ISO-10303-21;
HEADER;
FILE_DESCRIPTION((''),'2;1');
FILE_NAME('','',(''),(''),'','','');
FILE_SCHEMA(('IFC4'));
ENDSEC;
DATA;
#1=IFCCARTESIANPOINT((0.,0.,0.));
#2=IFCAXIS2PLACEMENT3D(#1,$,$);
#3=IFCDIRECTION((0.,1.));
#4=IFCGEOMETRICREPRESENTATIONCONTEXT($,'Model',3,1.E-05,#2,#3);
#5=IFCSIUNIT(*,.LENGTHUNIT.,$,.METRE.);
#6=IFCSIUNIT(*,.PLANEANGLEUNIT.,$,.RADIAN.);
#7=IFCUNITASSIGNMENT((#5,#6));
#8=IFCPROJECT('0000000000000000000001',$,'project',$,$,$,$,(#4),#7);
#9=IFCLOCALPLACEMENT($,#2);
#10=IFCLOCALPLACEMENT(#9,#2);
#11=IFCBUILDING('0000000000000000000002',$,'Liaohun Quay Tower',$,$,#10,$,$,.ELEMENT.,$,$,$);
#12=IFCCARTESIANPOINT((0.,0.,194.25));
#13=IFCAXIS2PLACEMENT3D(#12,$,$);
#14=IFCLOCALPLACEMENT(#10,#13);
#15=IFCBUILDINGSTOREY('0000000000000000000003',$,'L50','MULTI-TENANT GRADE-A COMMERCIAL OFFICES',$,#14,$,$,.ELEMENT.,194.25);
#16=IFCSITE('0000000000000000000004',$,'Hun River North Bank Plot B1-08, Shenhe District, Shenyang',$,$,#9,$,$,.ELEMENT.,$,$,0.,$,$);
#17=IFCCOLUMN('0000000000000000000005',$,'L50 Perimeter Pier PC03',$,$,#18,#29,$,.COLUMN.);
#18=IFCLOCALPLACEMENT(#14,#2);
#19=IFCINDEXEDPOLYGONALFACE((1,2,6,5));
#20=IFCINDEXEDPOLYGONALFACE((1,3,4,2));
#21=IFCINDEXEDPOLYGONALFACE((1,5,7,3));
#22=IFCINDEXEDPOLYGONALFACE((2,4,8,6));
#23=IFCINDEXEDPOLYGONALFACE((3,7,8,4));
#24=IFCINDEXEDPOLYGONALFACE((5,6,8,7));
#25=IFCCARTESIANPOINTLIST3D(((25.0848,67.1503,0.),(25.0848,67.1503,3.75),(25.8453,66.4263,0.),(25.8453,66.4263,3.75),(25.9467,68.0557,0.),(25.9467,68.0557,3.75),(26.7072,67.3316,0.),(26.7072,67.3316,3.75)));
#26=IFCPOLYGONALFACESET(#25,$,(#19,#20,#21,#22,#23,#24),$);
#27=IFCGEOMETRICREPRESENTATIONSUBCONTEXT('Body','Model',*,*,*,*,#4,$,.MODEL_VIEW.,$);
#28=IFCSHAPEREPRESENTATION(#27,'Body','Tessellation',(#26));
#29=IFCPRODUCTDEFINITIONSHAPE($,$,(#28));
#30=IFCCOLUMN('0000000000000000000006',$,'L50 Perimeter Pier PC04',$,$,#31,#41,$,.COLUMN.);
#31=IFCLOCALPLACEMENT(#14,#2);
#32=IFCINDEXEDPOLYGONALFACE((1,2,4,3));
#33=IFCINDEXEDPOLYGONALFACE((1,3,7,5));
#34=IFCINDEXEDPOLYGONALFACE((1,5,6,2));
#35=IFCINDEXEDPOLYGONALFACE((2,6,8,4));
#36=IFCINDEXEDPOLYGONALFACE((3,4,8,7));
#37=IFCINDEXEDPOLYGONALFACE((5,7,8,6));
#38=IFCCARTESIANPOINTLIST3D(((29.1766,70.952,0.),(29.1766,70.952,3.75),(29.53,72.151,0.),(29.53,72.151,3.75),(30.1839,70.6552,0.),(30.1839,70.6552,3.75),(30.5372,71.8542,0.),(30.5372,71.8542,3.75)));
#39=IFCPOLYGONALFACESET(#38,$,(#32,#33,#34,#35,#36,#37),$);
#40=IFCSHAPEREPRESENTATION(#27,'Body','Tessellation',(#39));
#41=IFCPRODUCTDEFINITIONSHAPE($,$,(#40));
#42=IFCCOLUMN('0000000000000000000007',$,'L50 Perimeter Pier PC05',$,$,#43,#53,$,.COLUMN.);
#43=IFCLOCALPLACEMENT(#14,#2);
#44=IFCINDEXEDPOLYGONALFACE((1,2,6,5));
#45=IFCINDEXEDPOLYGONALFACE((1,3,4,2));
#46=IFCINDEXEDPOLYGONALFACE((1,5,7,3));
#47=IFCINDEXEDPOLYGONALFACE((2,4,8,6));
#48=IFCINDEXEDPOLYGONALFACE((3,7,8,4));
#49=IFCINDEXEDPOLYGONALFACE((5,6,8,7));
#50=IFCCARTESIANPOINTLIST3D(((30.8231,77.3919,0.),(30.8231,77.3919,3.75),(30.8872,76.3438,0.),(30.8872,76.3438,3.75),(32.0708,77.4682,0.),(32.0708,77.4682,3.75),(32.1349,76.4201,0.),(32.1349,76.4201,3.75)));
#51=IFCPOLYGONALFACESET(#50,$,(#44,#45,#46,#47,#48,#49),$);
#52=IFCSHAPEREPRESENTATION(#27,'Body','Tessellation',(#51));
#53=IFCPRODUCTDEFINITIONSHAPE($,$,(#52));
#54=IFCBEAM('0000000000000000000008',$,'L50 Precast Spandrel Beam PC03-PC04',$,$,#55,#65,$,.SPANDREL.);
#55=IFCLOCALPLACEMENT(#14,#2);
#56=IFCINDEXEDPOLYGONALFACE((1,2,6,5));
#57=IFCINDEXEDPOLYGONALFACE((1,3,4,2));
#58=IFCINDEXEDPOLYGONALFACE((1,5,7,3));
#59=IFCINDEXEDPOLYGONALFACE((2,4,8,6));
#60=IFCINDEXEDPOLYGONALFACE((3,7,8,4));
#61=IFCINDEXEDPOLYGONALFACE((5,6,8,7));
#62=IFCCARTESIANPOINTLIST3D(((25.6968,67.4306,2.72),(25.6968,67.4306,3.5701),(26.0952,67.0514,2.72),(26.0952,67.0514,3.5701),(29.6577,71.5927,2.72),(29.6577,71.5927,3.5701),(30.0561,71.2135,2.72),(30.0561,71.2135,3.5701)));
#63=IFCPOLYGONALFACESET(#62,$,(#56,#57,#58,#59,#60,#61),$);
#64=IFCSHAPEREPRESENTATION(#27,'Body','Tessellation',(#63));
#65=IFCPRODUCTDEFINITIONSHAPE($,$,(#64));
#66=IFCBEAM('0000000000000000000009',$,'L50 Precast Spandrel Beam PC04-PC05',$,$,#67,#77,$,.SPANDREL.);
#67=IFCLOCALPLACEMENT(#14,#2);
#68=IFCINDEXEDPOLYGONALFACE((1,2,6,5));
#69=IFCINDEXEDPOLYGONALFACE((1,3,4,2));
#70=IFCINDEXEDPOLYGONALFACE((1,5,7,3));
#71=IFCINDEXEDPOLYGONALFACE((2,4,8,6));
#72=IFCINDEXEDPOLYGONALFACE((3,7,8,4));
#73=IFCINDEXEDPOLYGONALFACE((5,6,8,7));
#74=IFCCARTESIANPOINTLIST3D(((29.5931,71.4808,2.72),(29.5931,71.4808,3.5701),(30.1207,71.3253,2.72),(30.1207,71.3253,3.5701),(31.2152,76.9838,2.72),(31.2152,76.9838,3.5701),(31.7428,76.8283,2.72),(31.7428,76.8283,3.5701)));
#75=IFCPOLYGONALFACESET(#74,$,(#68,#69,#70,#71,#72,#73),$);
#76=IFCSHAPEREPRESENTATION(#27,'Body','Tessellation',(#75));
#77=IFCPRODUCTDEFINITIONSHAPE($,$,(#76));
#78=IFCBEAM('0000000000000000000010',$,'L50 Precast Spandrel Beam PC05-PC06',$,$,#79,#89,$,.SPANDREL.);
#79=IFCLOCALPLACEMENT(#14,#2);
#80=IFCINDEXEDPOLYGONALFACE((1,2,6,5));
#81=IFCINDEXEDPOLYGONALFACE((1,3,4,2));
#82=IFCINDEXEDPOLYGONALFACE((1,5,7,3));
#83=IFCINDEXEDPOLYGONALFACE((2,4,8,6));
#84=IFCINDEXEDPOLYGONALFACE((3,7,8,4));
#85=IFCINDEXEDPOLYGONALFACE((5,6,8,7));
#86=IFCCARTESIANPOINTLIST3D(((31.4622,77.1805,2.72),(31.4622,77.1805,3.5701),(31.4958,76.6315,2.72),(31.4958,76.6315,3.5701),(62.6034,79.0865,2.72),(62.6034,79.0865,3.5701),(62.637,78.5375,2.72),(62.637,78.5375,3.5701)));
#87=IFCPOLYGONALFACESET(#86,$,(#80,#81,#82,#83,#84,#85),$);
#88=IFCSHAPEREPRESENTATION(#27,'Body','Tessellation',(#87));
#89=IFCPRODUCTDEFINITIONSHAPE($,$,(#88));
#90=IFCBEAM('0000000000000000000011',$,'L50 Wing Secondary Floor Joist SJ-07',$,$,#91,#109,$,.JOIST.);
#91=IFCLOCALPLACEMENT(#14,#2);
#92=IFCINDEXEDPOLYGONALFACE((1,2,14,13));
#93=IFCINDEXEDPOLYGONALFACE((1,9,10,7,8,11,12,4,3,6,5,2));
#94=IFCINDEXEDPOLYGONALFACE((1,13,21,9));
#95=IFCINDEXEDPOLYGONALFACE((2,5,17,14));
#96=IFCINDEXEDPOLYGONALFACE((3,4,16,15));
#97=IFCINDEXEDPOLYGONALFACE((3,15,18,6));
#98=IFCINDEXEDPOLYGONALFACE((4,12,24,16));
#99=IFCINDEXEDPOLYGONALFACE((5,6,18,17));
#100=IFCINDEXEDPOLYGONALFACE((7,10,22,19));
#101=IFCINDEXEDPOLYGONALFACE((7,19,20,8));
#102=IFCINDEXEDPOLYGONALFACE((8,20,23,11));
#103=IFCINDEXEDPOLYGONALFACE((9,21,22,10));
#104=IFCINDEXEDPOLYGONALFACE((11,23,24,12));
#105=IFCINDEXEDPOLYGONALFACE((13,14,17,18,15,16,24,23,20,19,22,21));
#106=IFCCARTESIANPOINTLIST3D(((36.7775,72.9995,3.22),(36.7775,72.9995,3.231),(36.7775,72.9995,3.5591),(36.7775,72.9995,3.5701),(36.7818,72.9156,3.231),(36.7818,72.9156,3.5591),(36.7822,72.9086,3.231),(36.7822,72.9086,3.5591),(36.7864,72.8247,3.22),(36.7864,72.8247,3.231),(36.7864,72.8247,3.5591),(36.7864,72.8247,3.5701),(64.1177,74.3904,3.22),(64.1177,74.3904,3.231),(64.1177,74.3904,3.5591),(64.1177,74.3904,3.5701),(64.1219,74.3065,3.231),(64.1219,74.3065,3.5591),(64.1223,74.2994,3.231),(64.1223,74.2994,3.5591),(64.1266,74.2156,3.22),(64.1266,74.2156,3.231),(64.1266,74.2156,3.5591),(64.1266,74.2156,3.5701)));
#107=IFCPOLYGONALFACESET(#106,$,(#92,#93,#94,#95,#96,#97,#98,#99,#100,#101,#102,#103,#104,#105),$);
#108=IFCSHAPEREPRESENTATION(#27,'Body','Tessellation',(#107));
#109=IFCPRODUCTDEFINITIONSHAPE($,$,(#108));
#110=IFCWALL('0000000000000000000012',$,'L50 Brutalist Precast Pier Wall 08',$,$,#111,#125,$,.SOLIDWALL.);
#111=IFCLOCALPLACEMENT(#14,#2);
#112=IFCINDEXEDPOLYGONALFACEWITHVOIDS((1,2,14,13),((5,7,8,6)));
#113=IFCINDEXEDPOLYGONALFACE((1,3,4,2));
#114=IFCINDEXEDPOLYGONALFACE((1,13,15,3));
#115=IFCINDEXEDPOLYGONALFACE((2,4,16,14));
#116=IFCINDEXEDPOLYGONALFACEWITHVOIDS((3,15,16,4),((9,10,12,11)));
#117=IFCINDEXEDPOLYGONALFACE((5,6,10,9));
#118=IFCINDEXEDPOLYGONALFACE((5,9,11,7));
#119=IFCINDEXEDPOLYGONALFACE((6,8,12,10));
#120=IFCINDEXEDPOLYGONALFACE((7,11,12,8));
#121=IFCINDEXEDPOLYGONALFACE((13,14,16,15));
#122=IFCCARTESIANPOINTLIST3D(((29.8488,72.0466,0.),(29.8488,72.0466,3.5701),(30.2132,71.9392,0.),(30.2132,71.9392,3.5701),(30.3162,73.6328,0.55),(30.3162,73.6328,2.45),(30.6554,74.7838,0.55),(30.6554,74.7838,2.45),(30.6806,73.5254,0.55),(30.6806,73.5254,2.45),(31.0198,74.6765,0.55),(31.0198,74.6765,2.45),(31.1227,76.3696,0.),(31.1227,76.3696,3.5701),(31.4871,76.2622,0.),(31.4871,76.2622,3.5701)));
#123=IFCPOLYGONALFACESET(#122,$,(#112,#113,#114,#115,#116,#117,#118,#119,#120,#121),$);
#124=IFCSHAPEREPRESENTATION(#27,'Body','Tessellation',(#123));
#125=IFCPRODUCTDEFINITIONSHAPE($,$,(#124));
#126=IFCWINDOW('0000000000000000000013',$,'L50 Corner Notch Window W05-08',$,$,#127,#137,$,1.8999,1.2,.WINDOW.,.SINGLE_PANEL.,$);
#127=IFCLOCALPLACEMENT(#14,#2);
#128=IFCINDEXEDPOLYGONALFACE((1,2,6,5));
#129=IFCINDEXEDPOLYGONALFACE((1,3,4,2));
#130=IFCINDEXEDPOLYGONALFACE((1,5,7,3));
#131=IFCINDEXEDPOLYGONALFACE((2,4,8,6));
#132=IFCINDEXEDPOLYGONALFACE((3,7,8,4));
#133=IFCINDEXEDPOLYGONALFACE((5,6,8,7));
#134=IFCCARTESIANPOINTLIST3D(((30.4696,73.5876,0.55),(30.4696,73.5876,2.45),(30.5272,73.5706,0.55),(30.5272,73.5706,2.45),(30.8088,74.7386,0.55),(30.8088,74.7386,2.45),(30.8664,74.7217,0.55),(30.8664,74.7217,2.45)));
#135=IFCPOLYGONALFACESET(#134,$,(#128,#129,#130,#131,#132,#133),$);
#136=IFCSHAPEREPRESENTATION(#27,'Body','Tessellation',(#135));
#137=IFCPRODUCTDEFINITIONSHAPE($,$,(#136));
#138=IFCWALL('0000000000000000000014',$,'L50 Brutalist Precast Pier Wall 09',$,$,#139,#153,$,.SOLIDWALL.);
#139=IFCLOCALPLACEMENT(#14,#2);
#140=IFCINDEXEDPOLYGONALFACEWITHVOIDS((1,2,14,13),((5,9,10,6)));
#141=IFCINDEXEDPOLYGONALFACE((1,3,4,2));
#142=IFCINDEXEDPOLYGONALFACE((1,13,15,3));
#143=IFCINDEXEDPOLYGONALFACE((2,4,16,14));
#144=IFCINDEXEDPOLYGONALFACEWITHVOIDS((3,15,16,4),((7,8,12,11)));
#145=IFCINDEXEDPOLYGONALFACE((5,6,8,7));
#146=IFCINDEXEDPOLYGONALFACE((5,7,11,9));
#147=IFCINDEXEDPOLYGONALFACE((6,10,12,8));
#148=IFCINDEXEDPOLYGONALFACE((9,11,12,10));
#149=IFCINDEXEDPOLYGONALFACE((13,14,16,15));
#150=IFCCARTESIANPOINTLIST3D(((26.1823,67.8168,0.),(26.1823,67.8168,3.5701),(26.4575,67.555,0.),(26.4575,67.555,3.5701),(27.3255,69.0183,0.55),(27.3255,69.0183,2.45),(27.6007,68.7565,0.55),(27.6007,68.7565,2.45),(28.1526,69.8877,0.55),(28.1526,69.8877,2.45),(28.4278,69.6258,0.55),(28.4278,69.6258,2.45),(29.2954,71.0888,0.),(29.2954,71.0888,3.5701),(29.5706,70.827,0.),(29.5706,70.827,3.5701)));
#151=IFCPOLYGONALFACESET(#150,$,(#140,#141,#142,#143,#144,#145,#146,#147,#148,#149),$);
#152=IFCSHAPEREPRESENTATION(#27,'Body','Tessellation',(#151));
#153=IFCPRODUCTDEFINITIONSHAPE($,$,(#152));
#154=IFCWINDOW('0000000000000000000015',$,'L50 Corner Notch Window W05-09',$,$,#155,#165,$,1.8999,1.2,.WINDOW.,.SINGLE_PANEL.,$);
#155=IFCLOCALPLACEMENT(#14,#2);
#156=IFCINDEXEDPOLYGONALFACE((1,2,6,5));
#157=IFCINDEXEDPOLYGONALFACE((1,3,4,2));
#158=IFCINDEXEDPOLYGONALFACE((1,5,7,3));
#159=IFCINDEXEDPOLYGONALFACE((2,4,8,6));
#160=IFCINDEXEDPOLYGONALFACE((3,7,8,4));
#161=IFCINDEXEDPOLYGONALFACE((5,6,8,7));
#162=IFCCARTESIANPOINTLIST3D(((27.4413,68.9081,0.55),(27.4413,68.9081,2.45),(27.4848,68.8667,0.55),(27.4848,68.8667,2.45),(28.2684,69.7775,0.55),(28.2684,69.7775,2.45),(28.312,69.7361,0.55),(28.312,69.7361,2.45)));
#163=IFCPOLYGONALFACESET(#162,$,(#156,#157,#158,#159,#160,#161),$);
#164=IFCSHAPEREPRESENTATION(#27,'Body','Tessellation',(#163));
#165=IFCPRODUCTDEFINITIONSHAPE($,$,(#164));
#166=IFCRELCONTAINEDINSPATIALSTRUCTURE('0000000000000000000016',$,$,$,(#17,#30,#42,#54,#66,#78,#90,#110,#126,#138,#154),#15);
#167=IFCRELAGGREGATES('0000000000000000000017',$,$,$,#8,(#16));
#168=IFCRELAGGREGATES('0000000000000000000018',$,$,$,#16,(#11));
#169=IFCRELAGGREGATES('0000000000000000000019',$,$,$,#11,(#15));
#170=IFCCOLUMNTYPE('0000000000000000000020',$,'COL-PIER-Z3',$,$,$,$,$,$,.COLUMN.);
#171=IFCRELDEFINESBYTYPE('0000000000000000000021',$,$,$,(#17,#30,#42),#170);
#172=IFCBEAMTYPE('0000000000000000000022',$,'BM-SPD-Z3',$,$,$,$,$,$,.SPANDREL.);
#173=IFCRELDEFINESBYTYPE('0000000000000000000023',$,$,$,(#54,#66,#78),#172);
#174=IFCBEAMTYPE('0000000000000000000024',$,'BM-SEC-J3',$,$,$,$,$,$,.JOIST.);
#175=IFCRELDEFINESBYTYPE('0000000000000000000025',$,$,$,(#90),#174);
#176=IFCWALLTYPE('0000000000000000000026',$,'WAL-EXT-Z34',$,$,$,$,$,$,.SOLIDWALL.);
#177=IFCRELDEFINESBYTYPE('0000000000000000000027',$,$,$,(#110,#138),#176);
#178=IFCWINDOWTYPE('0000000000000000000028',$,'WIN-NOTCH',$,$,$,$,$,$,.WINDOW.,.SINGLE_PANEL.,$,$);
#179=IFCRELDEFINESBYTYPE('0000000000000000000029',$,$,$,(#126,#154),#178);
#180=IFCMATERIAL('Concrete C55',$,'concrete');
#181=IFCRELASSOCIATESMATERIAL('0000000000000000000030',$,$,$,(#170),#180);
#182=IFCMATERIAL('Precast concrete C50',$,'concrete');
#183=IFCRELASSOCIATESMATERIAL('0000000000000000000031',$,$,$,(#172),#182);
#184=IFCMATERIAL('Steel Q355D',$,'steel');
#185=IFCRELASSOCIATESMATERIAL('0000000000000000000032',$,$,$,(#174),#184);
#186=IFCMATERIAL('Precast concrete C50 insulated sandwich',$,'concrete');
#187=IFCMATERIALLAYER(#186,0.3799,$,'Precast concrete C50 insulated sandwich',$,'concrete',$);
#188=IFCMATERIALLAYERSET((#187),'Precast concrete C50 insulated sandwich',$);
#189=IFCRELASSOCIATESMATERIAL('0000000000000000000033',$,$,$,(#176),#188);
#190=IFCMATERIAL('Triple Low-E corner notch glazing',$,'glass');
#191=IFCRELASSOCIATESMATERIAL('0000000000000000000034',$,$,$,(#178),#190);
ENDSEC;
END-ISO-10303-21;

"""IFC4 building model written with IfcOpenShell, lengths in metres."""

from ifc_helpers import new_model, si_unit, direction, frame, frame_2d, origin, origin_2d, place, context, subcontext, project, spatial, rectangle, i_section, extrude, source, transform, mapped, material, layer, layer_set, material_profile, profile_set, type_object, element, fill, save


model = new_model("IFC4")

# Units and contexts
model_context = context("Model", 3, precision=1e-05, world=origin(), true_north=direction((0.0, 1.0)))
body_context = subcontext(model_context, "Body", "Model", "MODEL_VIEW")
ifc_project = project(units=[si_unit("LENGTHUNIT", "METRE"), si_unit("PLANEANGLEUNIT", "RADIAN")], contexts=[model_context])

# Site, building, storey
site_placement = place(None, origin())
site = spatial("IfcSite", under=ifc_project, at=site_placement, Name="Hun River North Bank Plot B1-08, Shenhe District, Shenyang", CompositionType="ELEMENT", RefElevation=0.0)
building_placement = place(site_placement, origin())
building = spatial("IfcBuilding", under=site, at=building_placement, Name="Liaohun Quay Tower", CompositionType="ELEMENT")
storey_placement = place(building_placement, frame((0.0, 0.0, 194.25)))
storey = spatial("IfcBuildingStorey", under=building, at=storey_placement, Name="L50", Description="MULTI-TENANT GRADE-A COMMERCIAL OFFICES", CompositionType="ELEMENT", Elevation=194.25)

# Columns
ifc_material_1 = material(Name="Concrete C55", Category="concrete")
ifc_material_profile_1 = material_profile(ifc_material_1, rectangle(XDim=1.25, YDim=1.05, at=origin_2d()), Name="RC1250x1050")
ifc_profile_set_1 = profile_set([ifc_material_profile_1], Name="Concrete C55")
column_type = type_object("IfcColumnType", Name="COL-PIER-Z3", PredefinedType="COLUMN", material=ifc_profile_set_1)
shared_shape_1 = source(origin(), body_context, "Body", "SweptSolid", [
    extrude(rectangle(XDim=1.25, YDim=1.05, at=origin_2d()), origin(), (0.0, 0.0, 1.0), 3.75),
])
for number, where, z_axis, x_axis, name in (
    (1, (25.896, 67.241, 0.0), (0.0, 0.0, 1.0), (0.689493, 0.724292, 0.0), "L50 Perimeter Pier PC03"),
    (2, (29.8569, 71.4031, 0.0), (0.0, 0.0, 1.0), (0.282676, 0.959215, 0.0), "L50 Perimeter Pier PC04"),
    (3, (31.479, 76.906, 0.0), (0.0, 0.0, 1.0), (0.998135, 0.061049, 0.0), "L50 Perimeter Pier PC05"),
):
    element("IfcColumn", number, at=place(storey_placement, frame(where, z_axis=z_axis, x_axis=x_axis)), inside=storey, type_object=column_type, Name=name, PredefinedType="COLUMN", context=body_context, shape_type="MappedRepresentation", body=[
        mapped(shared_shape_1, transform((0.0, 0.0, 0.0), x_axis=(1.0, 0.0, 0.0), y_axis=(0.0, 1.0, 0.0), z_axis=(0.0, 0.0, 1.0), scale=1.0)),
    ])

# Beams
ifc_material_2 = material(Name="Precast concrete C50", Category="concrete")
ifc_material_profile_2 = material_profile(ifc_material_2, rectangle(XDim=0.55, YDim=0.8501, at=origin_2d()), Name="RC550x850")
ifc_profile_set_2 = profile_set([ifc_material_profile_2], Name="Precast concrete C50")
beam_type_1 = type_object("IfcBeamType", Name="BM-SPD-Z3", PredefinedType="SPANDREL", material=ifc_profile_set_2)
shared_shape_2 = source(origin(), body_context, "Body", "SweptSolid", [
    extrude(rectangle(XDim=0.55, YDim=0.8501, at=origin_2d()), origin(), (0.0, 0.0, 1.0), 5.7456),
])
beam_1_placement = place(storey_placement, frame((25.896, 67.241, 3.145), z_axis=(0.689384, 0.724397, 0.0), x_axis=(-0.724397, 0.689384, 0.0)))
element("IfcBeam", 4, at=beam_1_placement, inside=storey, type_object=beam_type_1, Name="L50 Precast Spandrel Beam PC03-PC04", PredefinedType="SPANDREL", context=body_context, shape_type="MappedRepresentation", body=[
    mapped(shared_shape_2, transform((0.0, 0.0, 0.0), x_axis=(1.0, 0.0, 0.0), y_axis=(0.0, 1.0, 0.0), z_axis=(0.0, 0.0, 1.0), scale=1.0)),
])
shared_shape_3 = source(origin(), body_context, "Body", "SweptSolid", [
    extrude(rectangle(XDim=0.55, YDim=0.8501, at=origin_2d()), origin(), (0.0, 0.0, 1.0), 5.7371),
])
beam_2_placement = place(storey_placement, frame((29.8569, 71.4031, 3.145), z_axis=(0.282738, 0.959197, 0.0), x_axis=(-0.959197, 0.282738, 0.0)))
element("IfcBeam", 5, at=beam_2_placement, inside=storey, type_object=beam_type_1, Name="L50 Precast Spandrel Beam PC04-PC05", PredefinedType="SPANDREL", context=body_context, shape_type="MappedRepresentation", body=[
    mapped(shared_shape_3, transform((0.0, 0.0, 0.0), x_axis=(1.0, 0.0, 0.0), y_axis=(0.0, 1.0, 0.0), z_axis=(0.0, 0.0, 1.0), scale=1.0)),
])
shared_shape_4 = source(origin(), body_context, "Body", "SweptSolid", [
    extrude(rectangle(XDim=0.55, YDim=0.8501, at=origin_2d()), origin(), (0.0, 0.0, 1.0), 31.1995),
])
beam_3_placement = place(storey_placement, frame((31.479, 76.906, 3.145), z_axis=(0.998132, 0.061091, 0.0), x_axis=(-0.061091, 0.998132, 0.0)))
element("IfcBeam", 6, at=beam_3_placement, inside=storey, type_object=beam_type_1, Name="L50 Precast Spandrel Beam PC05-PC06", PredefinedType="SPANDREL", context=body_context, shape_type="MappedRepresentation", body=[
    mapped(shared_shape_4, transform((0.0, 0.0, 0.0), x_axis=(1.0, 0.0, 0.0), y_axis=(0.0, 1.0, 0.0), z_axis=(0.0, 0.0, 1.0), scale=1.0)),
])
ifc_material_3 = material(Name="Steel Q355D", Category="steel")
ifc_material_profile_3 = material_profile(ifc_material_3, i_section(OverallWidth=0.175, OverallDepth=0.3501, WebThickness=0.0071, FlangeThickness=0.011, at=origin_2d()), Name="HN350x175x7x11")
ifc_profile_set_3 = profile_set([ifc_material_profile_3], Name="Steel Q355D")
beam_type_2 = type_object("IfcBeamType", Name="BM-SEC-J3", PredefinedType="JOIST", material=ifc_profile_set_3)
shared_shape_5 = source(origin(), body_context, "Body", "SweptSolid", [
    extrude(i_section(OverallWidth=0.175, OverallDepth=0.3501, WebThickness=0.0071, FlangeThickness=0.011, at=origin_2d()), origin(), (0.0, 0.0, 1.0), 27.3755),
])
beam_4_placement = place(storey_placement, frame((36.782, 72.9121, 3.395), z_axis=(0.998708, 0.050807, 0.0), x_axis=(-0.050807, 0.998708, 0.0)))
element("IfcBeam", 7, at=beam_4_placement, inside=storey, type_object=beam_type_2, Name="L50 Wing Secondary Floor Joist SJ-07", PredefinedType="JOIST", context=body_context, shape_type="MappedRepresentation", body=[
    mapped(shared_shape_5, transform((0.0, 0.0, 0.0), x_axis=(1.0, 0.0, 0.0), y_axis=(0.0, 1.0, 0.0), z_axis=(0.0, 0.0, 1.0), scale=1.0)),
])

# Walls, openings, windows
ifc_material_4 = material(Name="Precast concrete C50 insulated sandwich", Category="concrete")
ifc_layer_1 = layer(ifc_material_4, 0.3799, Name="Precast concrete C50 insulated sandwich", Category="concrete")
ifc_layer_set_1 = layer_set([ifc_layer_1], Name="Precast concrete C50 insulated sandwich")
wall_type_1 = type_object("IfcWallType", Name="WAL-EXT-Z34", PredefinedType="SOLIDWALL", material=ifc_layer_set_1)
wall_1_placement = place(storey_placement, frame((31.3049, 76.3159, 0.0), z_axis=(0.0, 0.0, 1.0), x_axis=(-0.282668, -0.959218, 0.0)))
wall_1 = element("IfcWall", 8, at=wall_1_placement, inside=storey, type_object=wall_type_1, Name="L50 Brutalist Precast Pier Wall 08", PredefinedType="SOLIDWALL", context=body_context, shape_type="SweptSolid", body=[
    extrude(rectangle(XDim=4.5068, YDim=0.3799, at=frame_2d((2.2534, 0.0))), origin(), (0.0, 0.0, 1.0), 3.5701),
])
shared_shape_6 = source(origin(), body_context, "Body", "SweptSolid", [
    extrude(rectangle(XDim=1.2, YDim=1.8999, at=frame_2d((0.6001, 0.95))), frame((0.0, 0.2, 0.0), z_axis=(0.0, -1.0, 0.0), x_axis=(1.0, 0.0, 0.0)), (0.0, 0.0, 1.0), 0.3999),
])
opening_1_placement = place(wall_1_placement, frame((1.6531, 0.0, 0.55)))
opening_1 = element("IfcOpeningElement", 9, at=opening_1_placement, cuts=wall_1, PredefinedType="OPENING", context=body_context, shape_type="MappedRepresentation", body=[
    mapped(shared_shape_6, transform((0.0, 0.0, 0.0), x_axis=(1.0, 0.0, 0.0), y_axis=(0.0, 1.0, 0.0), z_axis=(0.0, 0.0, 1.0), scale=1.0)),
])
ifc_material_5 = material(Name="Triple Low-E corner notch glazing", Category="glass")
window_type_1 = type_object("IfcWindowType", Name="WIN-NOTCH", PartitioningType="SINGLE_PANEL", PredefinedType="WINDOW", material=ifc_material_5)
shared_shape_7 = source(origin(), body_context, "Body", "SweptSolid", [
    extrude(rectangle(XDim=1.2, YDim=1.8999, at=frame_2d((0.6001, 0.95))), frame((0.0, 0.03, 0.0), z_axis=(0.0, -1.0, 0.0), x_axis=(1.0, 0.0, 0.0)), (0.0, 0.0, 1.0), 0.0601),
])
window_1_placement = place(opening_1_placement, origin())
window_1 = element("IfcWindow", 10, at=window_1_placement, inside=storey, type_object=window_type_1, Name="L50 Corner Notch Window W05-08", OverallHeight=1.8999, OverallWidth=1.2, PartitioningType="SINGLE_PANEL", PredefinedType="WINDOW", context=body_context, shape_type="MappedRepresentation", body=[
    mapped(shared_shape_7, transform((0.0, 0.0, 0.0), x_axis=(1.0, 0.0, 0.0), y_axis=(0.0, 1.0, 0.0), z_axis=(0.0, 0.0, 1.0), scale=1.0)),
])
fill(opening_1, window_1)
wall_2_placement = place(storey_placement, frame((29.4331, 70.958, 0.0), z_axis=(0.0, 0.0, 1.0), x_axis=(-0.689292, -0.724484, 0.0)))
wall_2 = element("IfcWall", 11, at=wall_2_placement, inside=storey, type_object=wall_type_1, Name="L50 Brutalist Precast Pier Wall 09", PredefinedType="SOLIDWALL", context=body_context, shape_type="SweptSolid", body=[
    extrude(rectangle(XDim=4.5164, YDim=0.3799, at=frame_2d((2.2583, 0.0))), origin(), (0.0, 0.0, 1.0), 3.5701),
])
opening_2_placement = place(wall_2_placement, frame((1.658, 0.0, 0.55)))
opening_2 = element("IfcOpeningElement", 12, at=opening_2_placement, cuts=wall_2, PredefinedType="OPENING", context=body_context, shape_type="MappedRepresentation", body=[
    mapped(shared_shape_6, transform((0.0, 0.0, 0.0), x_axis=(1.0, 0.0, 0.0), y_axis=(0.0, 1.0, 0.0), z_axis=(0.0, 0.0, 1.0), scale=1.0)),
])
window_2_placement = place(opening_2_placement, origin())
window_2 = element("IfcWindow", 13, at=window_2_placement, inside=storey, type_object=window_type_1, Name="L50 Corner Notch Window W05-09", OverallHeight=1.8999, OverallWidth=1.2, PartitioningType="SINGLE_PANEL", PredefinedType="WINDOW", context=body_context, shape_type="MappedRepresentation", body=[
    mapped(shared_shape_7, transform((0.0, 0.0, 0.0), x_axis=(1.0, 0.0, 0.0), y_axis=(0.0, 1.0, 0.0), z_axis=(0.0, 0.0, 1.0), scale=1.0)),
])
fill(opening_2, window_2)

save(model, "model.ifc")
